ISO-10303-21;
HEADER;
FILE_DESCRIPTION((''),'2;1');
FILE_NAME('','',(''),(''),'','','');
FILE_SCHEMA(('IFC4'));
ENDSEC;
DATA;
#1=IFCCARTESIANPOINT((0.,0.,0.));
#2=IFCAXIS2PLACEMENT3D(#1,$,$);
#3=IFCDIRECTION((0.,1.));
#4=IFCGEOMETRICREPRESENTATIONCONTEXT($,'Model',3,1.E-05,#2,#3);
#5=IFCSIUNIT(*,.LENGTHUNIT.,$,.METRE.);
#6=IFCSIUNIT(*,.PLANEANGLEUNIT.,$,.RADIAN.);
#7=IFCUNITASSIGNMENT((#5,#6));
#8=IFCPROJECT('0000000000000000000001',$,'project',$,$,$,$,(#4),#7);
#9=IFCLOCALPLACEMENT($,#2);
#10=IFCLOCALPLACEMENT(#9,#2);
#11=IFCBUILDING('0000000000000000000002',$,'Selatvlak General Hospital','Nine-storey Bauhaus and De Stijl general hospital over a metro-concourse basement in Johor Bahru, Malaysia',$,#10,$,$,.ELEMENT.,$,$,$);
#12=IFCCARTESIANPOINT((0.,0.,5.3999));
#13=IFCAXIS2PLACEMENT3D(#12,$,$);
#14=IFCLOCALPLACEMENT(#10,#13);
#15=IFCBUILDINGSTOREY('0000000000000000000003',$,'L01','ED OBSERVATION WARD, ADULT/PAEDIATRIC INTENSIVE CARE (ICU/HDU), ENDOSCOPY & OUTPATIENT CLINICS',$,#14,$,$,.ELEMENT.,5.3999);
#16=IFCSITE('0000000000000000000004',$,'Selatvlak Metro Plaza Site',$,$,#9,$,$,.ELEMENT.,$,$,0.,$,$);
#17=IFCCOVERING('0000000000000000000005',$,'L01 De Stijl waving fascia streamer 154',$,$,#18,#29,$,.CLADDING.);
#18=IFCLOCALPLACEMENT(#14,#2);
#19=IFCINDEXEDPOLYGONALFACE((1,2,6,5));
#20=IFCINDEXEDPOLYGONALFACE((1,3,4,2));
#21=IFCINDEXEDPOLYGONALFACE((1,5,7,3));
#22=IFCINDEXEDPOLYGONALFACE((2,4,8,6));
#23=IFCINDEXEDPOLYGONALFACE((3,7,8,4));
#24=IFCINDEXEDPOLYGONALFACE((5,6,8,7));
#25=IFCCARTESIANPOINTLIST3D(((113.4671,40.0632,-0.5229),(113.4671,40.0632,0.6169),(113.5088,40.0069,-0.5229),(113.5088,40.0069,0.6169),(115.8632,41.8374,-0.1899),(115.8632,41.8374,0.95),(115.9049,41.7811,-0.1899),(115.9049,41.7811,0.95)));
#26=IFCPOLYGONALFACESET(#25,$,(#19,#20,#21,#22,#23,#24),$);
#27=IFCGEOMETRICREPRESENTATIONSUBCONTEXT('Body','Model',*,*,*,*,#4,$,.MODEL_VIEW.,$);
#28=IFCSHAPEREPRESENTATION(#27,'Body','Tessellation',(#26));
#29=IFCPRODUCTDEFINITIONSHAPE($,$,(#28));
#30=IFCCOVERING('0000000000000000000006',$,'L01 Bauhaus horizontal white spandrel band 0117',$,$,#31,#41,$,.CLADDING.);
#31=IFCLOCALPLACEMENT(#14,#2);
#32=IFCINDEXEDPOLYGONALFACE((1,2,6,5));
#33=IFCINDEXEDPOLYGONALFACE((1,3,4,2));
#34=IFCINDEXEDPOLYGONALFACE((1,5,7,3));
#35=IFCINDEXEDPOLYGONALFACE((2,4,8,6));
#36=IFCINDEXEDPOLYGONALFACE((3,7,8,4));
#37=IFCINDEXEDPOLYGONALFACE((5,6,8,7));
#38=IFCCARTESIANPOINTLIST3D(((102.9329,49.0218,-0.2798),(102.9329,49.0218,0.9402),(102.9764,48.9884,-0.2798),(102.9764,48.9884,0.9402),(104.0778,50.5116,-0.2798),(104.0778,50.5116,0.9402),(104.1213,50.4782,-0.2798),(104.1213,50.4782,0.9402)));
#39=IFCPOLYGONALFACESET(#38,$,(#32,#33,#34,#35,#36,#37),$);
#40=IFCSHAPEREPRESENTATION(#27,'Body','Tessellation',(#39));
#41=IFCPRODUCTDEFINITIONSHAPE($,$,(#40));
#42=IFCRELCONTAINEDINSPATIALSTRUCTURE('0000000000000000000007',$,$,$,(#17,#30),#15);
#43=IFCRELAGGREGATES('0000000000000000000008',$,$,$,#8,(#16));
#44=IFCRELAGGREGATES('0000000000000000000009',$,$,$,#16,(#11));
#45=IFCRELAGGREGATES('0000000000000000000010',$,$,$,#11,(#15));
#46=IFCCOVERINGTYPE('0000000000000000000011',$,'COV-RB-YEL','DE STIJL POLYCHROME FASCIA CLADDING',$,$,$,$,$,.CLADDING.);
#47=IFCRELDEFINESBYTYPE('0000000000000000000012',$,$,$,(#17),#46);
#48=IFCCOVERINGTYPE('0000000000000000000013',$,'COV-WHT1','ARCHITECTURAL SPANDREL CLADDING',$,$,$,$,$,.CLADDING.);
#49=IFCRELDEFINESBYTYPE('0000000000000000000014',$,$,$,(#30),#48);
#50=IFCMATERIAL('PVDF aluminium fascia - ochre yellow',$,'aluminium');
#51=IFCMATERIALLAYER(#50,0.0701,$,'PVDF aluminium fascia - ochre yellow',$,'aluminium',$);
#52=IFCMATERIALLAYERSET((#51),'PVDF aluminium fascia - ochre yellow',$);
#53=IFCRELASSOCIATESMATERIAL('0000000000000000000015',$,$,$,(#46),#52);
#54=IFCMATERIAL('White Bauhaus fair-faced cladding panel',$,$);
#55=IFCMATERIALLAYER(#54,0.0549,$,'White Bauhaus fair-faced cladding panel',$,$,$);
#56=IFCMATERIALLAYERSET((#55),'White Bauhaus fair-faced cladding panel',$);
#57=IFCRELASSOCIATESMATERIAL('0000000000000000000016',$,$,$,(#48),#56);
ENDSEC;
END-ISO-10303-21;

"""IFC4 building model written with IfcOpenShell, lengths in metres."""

from ifc_helpers import new_model, si_unit, direction, frame, origin, origin_2d, place, context, subcontext, project, spatial, polyline, rectangle, outline, extrude, material, layer, layer_set, type_object, element, save


model = new_model("IFC4")

# Units and contexts
model_context = context("Model", 3, precision=1e-05, world=origin(), true_north=direction((0.0, 1.0)))
body_context = subcontext(model_context, "Body", "Model", "MODEL_VIEW")
ifc_project = project(units=[si_unit("LENGTHUNIT", "METRE"), si_unit("PLANEANGLEUNIT", "RADIAN")], contexts=[model_context])

# Site, building, storey
site_placement = place(None, origin())
site = spatial("IfcSite", under=ifc_project, at=site_placement, Name="Selatvlak Metro Plaza Site", CompositionType="ELEMENT", RefElevation=0.0)
building_placement = place(site_placement, origin())
building = spatial("IfcBuilding", under=site, at=building_placement, Name="Selatvlak General Hospital", Description="Nine-storey Bauhaus and De Stijl general hospital over a metro-concourse basement in Johor Bahru, Malaysia", CompositionType="ELEMENT")
storey_placement = place(building_placement, frame((0.0, 0.0, 5.3999)))
storey = spatial("IfcBuildingStorey", under=building, at=storey_placement, Name="L01", Description="ED OBSERVATION WARD, ADULT/PAEDIATRIC INTENSIVE CARE (ICU/HDU), ENDOSCOPY & OUTPATIENT CLINICS", CompositionType="ELEMENT", Elevation=5.3999)

# Coverings
ifc_material_1 = material(Name="PVDF aluminium fascia - ochre yellow", Category="aluminium")
ifc_layer_1 = layer(ifc_material_1, 0.0701, Name="PVDF aluminium fascia - ochre yellow", Category="aluminium")
ifc_layer_set_1 = layer_set([ifc_layer_1], Name="PVDF aluminium fascia - ochre yellow")
covering_type_1 = type_object("IfcCoveringType", Name="COV-RB-YEL", Description="DE STIJL POLYCHROME FASCIA CLADDING", PredefinedType="CLADDING", material=ifc_layer_set_1)
covering_1_placement = place(storey_placement, frame((113.488, 40.0349, -0.5229), z_axis=(0.0, 0.0, 1.0), x_axis=(0.80366, 0.595088, 0.0)))
element("IfcCovering", 1, at=covering_1_placement, inside=storey, type_object=covering_type_1, Name="L01 De Stijl waving fascia streamer 154", PredefinedType="CLADDING", context=body_context, shape_type="SweptSolid", body=[
    extrude(outline(polyline([(0.0, 0.0), (2.9814, 0.333), (2.9814, 1.4729), (0.0, 1.1399), (0.0, 0.0)])), frame((0.0, 0.0352, 0.0), z_axis=(0.0, -1.0, 0.0), x_axis=(1.0, 0.0, 0.0)), (0.0, 0.0, 1.0), 0.0701),
])
ifc_material_2 = material(Name="White Bauhaus fair-faced cladding panel")
ifc_layer_2 = layer(ifc_material_2, 0.0549, Name="White Bauhaus fair-faced cladding panel")
ifc_layer_set_2 = layer_set([ifc_layer_2], Name="White Bauhaus fair-faced cladding panel")
covering_type_2 = type_object("IfcCoveringType", Name="COV-WHT1", Description="ARCHITECTURAL SPANDREL CLADDING", PredefinedType="CLADDING", material=ifc_layer_set_2)
covering_2_placement = place(storey_placement, frame((103.5271, 49.75, -0.2798), z_axis=(0.0, 0.0, 1.0), x_axis=(0.609329, 0.792918, 0.0)))
element("IfcCovering", 2, at=covering_2_placement, inside=storey, type_object=covering_type_2, Name="L01 Bauhaus horizontal white spandrel band 0117", PredefinedType="CLADDING", context=body_context, shape_type="SweptSolid", body=[
    extrude(rectangle(XDim=1.8789, YDim=0.0549, at=origin_2d()), origin(), (0.0, 0.0, 1.0), 1.22),
])

save(model, "model.ifc")
